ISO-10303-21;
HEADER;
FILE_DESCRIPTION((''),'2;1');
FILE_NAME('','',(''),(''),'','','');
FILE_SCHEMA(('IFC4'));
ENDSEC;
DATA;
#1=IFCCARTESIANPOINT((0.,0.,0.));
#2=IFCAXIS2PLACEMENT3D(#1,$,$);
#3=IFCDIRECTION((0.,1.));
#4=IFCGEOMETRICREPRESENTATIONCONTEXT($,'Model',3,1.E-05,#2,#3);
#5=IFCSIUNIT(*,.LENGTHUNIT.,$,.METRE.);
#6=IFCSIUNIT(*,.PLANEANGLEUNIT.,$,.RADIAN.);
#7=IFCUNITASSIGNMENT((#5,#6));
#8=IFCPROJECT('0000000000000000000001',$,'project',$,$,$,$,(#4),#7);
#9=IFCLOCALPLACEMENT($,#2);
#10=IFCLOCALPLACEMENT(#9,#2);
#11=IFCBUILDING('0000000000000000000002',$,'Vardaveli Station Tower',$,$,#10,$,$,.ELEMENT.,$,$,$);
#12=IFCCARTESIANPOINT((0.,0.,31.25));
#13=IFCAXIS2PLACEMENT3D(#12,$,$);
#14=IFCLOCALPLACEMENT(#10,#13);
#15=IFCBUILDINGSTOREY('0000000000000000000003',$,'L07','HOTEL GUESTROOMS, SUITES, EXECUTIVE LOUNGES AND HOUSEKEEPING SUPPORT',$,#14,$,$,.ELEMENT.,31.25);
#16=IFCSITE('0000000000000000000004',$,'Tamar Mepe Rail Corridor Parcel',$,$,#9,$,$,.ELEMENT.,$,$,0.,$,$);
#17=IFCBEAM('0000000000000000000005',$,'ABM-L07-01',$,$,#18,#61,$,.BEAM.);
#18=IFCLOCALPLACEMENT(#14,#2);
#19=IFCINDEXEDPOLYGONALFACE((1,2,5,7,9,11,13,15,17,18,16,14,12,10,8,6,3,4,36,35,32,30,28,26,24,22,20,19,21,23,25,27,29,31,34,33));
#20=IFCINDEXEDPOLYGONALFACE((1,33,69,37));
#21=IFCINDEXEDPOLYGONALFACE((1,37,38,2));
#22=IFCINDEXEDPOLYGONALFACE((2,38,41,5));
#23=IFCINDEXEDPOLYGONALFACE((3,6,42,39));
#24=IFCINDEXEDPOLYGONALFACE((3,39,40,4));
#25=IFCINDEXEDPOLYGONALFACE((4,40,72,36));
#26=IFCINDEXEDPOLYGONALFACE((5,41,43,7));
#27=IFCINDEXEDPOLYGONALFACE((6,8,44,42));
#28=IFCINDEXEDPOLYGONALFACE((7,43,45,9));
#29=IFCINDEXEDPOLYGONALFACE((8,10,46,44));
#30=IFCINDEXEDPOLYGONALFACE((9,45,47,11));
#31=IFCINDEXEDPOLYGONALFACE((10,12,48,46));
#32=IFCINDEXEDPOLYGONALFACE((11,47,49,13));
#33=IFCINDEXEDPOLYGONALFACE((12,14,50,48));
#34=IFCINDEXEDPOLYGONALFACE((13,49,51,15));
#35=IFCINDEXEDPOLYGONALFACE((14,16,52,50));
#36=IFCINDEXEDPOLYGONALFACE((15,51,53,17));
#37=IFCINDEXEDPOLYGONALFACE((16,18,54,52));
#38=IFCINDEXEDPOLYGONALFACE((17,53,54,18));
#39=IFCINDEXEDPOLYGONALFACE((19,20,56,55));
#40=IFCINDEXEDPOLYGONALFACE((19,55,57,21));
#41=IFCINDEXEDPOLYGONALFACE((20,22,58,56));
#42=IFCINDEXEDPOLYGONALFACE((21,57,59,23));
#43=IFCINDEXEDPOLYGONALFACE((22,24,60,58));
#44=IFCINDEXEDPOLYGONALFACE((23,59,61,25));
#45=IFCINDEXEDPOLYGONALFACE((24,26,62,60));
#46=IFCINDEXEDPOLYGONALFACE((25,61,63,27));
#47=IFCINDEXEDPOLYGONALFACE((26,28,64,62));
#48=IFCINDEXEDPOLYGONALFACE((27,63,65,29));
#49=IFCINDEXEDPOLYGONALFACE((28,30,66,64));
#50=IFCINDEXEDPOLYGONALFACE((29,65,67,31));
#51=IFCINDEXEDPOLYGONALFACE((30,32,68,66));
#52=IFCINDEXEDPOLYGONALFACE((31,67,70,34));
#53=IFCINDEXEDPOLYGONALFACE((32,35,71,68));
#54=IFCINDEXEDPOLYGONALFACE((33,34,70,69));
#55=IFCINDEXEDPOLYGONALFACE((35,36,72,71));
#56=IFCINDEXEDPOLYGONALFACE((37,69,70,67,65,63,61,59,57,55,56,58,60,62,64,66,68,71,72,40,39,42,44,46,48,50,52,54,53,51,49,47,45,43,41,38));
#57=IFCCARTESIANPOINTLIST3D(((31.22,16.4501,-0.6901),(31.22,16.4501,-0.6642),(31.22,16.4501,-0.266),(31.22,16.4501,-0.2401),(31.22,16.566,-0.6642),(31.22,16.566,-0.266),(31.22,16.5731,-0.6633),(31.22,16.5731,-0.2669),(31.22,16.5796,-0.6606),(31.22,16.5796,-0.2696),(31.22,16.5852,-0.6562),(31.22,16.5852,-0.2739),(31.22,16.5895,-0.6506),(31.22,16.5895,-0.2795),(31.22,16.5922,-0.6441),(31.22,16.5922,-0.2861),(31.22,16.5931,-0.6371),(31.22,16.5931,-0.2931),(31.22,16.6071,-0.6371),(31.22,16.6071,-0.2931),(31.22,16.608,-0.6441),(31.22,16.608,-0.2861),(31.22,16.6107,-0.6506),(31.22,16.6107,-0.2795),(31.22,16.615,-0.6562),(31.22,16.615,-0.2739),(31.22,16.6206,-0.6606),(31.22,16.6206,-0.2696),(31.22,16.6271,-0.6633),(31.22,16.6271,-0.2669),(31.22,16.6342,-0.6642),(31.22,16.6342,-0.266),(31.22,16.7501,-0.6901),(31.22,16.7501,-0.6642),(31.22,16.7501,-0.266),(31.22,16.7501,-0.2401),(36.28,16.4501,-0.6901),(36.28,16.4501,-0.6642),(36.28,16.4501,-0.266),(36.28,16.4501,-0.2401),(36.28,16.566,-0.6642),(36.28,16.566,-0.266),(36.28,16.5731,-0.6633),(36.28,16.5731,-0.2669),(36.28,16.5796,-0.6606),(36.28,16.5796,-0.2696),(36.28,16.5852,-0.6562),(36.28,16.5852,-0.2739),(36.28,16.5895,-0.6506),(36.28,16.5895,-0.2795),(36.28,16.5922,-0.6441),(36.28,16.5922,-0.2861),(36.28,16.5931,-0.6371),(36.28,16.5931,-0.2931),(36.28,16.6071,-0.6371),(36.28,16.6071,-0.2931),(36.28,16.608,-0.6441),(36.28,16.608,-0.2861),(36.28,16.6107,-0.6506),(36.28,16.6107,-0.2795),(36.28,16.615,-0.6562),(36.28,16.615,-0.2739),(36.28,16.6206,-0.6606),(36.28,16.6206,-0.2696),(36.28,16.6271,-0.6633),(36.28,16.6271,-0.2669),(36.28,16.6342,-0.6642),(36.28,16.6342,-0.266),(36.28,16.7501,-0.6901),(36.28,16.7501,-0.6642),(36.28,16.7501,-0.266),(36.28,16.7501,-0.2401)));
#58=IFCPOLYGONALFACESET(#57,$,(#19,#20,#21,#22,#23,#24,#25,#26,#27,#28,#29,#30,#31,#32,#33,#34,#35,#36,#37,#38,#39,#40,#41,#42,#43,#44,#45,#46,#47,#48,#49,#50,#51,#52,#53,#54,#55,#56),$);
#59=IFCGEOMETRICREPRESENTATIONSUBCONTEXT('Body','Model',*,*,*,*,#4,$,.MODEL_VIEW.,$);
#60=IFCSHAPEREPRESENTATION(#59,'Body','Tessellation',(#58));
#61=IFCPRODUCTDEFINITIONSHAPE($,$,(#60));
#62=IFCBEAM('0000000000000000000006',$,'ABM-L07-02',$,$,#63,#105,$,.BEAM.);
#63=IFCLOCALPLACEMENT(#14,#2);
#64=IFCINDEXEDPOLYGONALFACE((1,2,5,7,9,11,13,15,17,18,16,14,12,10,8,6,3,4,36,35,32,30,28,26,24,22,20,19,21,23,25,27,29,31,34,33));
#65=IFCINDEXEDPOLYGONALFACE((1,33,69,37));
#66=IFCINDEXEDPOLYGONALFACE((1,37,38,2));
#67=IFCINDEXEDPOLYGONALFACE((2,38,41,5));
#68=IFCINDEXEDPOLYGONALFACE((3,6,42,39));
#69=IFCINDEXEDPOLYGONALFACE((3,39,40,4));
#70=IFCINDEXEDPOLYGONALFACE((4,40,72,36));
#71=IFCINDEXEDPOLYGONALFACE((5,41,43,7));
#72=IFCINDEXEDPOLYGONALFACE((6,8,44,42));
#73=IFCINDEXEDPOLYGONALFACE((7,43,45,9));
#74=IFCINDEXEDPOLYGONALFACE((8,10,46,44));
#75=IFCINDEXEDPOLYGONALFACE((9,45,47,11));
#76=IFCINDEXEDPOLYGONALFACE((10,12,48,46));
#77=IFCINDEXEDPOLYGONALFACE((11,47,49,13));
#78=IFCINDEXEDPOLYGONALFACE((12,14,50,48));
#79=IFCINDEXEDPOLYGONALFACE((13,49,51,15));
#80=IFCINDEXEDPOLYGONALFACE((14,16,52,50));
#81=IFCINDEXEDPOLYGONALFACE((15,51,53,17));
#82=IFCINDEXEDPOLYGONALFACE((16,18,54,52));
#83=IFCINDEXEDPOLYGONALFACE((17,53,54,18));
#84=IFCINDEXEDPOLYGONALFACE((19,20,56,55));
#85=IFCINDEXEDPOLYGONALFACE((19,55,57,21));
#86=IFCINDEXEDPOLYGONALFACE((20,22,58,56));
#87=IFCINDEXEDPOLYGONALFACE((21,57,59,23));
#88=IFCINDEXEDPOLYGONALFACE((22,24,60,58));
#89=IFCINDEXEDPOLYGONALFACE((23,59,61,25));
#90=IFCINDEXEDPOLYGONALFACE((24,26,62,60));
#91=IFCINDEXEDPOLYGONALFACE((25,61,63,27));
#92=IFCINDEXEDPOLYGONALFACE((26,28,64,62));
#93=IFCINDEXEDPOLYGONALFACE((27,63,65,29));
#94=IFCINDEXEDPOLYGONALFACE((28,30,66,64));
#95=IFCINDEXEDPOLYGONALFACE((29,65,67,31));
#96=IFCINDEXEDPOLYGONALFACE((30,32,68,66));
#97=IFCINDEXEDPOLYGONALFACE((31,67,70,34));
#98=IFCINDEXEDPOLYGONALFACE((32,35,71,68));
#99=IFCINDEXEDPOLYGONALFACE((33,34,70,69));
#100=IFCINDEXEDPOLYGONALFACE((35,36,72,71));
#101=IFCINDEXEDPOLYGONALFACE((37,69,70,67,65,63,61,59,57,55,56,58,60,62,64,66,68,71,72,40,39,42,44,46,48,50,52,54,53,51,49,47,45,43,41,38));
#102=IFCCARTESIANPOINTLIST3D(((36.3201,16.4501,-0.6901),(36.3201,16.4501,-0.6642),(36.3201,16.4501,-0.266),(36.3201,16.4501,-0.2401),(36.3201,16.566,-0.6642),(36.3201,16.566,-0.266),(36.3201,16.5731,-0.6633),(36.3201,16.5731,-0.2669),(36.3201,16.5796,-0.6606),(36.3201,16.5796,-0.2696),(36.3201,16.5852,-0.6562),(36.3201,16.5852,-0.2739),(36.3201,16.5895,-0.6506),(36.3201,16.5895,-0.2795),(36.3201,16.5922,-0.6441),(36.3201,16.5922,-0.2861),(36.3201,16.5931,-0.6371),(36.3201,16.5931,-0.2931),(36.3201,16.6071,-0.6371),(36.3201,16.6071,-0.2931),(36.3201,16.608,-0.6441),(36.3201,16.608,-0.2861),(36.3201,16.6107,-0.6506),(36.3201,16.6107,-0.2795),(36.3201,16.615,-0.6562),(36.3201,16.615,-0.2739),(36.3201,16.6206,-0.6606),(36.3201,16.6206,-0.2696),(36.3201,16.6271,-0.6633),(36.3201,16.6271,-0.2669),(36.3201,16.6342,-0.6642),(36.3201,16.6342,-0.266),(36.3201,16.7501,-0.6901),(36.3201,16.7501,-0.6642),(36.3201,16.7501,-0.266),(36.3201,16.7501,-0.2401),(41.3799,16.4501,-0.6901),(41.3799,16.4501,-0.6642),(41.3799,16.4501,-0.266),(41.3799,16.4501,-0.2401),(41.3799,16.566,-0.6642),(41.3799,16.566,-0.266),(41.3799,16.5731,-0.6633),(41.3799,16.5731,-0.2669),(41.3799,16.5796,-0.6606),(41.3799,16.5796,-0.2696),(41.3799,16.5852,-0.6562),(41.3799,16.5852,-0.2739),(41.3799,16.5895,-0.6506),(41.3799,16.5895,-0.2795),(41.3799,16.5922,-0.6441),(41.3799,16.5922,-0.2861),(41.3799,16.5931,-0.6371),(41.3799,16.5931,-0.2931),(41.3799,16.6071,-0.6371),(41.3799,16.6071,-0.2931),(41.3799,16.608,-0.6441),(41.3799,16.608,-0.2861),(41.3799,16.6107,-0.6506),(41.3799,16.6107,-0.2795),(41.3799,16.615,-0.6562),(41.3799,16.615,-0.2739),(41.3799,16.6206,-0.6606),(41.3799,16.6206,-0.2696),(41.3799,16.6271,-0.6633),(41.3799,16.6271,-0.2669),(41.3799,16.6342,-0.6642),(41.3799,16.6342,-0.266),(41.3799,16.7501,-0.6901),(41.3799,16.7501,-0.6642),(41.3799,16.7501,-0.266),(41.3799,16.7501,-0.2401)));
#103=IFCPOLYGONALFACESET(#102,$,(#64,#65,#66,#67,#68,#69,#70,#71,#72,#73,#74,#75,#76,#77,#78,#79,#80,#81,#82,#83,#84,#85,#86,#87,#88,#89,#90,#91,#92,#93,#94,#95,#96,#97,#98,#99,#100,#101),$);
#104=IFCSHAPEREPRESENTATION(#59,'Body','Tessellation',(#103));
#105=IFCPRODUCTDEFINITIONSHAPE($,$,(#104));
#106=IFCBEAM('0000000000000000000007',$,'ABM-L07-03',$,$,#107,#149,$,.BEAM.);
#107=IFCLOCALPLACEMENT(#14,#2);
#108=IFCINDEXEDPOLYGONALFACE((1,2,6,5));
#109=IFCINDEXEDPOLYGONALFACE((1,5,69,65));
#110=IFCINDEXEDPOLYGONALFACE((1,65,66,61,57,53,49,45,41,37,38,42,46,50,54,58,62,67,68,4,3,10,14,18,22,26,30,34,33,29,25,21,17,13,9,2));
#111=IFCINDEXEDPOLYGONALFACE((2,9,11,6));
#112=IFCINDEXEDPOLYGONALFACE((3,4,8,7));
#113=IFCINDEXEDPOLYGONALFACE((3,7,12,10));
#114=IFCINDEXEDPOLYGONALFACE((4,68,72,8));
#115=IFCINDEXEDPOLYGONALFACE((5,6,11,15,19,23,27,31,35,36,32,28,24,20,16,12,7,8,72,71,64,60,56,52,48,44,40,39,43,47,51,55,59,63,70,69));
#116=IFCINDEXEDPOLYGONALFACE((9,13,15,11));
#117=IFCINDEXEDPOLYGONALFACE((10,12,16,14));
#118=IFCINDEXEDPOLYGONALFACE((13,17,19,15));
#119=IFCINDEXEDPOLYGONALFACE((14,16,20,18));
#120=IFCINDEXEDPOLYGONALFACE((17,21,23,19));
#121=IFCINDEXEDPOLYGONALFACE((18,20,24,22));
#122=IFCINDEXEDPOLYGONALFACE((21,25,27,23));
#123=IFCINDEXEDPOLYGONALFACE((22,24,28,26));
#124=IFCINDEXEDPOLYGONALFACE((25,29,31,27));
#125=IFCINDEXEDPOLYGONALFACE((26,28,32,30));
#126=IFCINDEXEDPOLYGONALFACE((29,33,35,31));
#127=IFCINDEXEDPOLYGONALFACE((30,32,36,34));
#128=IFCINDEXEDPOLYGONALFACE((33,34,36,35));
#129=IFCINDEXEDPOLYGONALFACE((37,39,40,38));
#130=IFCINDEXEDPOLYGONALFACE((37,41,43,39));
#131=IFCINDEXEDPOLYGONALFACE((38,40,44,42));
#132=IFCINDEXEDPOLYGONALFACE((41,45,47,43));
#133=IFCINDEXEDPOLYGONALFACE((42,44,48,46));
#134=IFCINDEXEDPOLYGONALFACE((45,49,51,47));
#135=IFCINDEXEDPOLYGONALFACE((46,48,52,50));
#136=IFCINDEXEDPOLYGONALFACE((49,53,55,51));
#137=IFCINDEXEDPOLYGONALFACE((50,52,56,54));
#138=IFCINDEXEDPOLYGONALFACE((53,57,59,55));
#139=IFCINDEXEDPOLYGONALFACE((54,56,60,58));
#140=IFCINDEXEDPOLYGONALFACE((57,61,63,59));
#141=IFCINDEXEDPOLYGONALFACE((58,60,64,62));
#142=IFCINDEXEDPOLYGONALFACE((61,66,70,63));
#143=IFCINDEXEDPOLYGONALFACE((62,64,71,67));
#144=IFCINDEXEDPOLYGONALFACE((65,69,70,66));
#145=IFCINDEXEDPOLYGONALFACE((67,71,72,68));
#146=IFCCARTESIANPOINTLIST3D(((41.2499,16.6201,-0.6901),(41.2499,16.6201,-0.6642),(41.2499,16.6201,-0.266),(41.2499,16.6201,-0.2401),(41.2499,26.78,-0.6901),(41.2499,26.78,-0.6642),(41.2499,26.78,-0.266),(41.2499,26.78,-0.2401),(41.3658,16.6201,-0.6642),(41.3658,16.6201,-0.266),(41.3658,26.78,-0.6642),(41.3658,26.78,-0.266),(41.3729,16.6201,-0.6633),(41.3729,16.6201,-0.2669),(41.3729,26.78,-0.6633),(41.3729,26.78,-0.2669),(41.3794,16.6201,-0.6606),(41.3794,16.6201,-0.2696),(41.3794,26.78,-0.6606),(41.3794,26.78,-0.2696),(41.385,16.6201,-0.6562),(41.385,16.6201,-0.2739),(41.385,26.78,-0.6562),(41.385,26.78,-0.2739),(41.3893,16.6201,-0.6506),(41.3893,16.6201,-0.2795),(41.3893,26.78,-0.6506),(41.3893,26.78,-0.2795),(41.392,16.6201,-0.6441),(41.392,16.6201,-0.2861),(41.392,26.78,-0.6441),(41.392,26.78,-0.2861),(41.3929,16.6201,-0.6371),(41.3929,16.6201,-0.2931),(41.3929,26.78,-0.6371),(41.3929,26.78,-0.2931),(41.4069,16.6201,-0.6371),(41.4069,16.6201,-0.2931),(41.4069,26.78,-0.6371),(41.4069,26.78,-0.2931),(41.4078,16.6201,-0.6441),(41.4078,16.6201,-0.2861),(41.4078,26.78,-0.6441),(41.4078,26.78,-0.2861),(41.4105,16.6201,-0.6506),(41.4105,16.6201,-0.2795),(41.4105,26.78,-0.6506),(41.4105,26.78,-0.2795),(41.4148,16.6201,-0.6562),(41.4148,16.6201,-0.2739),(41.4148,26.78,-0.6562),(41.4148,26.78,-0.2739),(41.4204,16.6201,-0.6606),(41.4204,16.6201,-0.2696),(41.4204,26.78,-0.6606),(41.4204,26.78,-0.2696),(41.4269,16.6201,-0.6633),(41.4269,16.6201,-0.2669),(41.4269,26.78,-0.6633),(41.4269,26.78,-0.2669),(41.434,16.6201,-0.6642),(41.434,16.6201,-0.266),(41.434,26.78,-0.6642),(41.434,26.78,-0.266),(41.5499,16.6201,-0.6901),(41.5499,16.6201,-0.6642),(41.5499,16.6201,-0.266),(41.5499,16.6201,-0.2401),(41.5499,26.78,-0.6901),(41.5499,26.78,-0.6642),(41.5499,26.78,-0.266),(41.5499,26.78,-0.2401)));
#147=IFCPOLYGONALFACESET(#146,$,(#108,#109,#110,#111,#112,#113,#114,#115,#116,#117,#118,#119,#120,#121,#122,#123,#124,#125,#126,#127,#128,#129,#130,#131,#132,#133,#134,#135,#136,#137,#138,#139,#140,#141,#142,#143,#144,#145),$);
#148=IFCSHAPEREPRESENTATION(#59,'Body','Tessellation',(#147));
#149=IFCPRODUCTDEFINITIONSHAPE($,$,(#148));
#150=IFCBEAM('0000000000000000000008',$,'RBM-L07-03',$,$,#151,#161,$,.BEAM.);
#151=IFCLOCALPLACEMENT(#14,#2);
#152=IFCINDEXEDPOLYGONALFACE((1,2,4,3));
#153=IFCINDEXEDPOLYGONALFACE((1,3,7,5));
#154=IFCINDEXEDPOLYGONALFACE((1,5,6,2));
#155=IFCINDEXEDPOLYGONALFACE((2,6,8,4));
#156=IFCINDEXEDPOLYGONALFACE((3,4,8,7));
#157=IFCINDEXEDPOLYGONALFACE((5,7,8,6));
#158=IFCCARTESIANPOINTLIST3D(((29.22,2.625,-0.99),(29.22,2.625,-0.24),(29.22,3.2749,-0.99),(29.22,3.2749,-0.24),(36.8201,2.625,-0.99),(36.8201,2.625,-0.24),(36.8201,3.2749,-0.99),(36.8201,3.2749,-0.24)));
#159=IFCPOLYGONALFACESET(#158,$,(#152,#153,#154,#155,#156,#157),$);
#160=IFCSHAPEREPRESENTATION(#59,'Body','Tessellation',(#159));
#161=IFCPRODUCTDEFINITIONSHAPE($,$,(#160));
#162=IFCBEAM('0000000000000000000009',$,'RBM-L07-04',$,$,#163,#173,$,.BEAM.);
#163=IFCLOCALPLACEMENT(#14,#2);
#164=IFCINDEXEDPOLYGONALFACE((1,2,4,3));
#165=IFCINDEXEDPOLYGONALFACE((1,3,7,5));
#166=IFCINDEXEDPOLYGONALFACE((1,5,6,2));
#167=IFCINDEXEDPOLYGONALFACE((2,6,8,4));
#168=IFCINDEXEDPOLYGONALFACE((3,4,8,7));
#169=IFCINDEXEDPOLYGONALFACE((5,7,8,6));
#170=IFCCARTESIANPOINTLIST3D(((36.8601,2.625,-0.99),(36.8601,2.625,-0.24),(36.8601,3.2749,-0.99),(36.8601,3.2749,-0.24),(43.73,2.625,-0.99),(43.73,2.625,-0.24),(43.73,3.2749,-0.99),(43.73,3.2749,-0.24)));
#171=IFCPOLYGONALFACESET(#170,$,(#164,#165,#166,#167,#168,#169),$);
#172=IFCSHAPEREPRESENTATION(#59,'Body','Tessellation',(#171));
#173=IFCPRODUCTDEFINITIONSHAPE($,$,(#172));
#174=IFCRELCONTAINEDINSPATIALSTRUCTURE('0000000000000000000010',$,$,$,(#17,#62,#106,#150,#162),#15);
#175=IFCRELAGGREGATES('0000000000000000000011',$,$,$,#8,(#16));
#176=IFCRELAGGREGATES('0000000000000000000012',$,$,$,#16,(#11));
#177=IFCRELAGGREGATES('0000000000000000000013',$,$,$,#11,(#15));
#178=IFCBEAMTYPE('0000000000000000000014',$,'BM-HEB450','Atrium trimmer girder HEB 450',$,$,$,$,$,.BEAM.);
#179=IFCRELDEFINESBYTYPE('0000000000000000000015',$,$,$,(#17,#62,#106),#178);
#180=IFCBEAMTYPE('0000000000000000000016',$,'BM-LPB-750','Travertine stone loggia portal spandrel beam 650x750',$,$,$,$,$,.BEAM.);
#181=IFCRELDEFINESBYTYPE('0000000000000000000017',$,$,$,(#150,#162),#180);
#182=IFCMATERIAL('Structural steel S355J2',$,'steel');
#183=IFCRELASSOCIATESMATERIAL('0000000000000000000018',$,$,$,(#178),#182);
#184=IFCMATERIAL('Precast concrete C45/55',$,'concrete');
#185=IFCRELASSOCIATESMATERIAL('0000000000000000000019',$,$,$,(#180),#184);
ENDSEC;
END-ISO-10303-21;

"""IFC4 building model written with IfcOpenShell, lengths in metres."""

from ifc_helpers import new_model, si_unit, direction, frame, origin, origin_2d, place, context, subcontext, project, spatial, rectangle, i_section, extrude, source, transform, mapped, material, material_profile, profile_set, type_object, element, save


model = new_model("IFC4")

# Units and contexts
model_context = context("Model", 3, precision=1e-05, world=origin(), true_north=direction((0.0, 1.0)))
body_context = subcontext(model_context, "Body", "Model", "MODEL_VIEW")
ifc_project = project(units=[si_unit("LENGTHUNIT", "METRE"), si_unit("PLANEANGLEUNIT", "RADIAN")], contexts=[model_context])

# Site, building, storey
site_placement = place(None, origin())
site = spatial("IfcSite", under=ifc_project, at=site_placement, Name="Tamar Mepe Rail Corridor Parcel", CompositionType="ELEMENT", RefElevation=0.0)
building_placement = place(site_placement, origin())
building = spatial("IfcBuilding", under=site, at=building_placement, Name="Vardaveli Station Tower", CompositionType="ELEMENT")
storey_placement = place(building_placement, frame((0.0, 0.0, 31.25)))
storey = spatial("IfcBuildingStorey", under=building, at=storey_placement, Name="L07", Description="HOTEL GUESTROOMS, SUITES, EXECUTIVE LOUNGES AND HOUSEKEEPING SUPPORT", CompositionType="ELEMENT", Elevation=31.25)

# Beams
ifc_material_1 = material(Name="Structural steel S355J2", Category="steel")
ifc_material_profile_1 = material_profile(ifc_material_1, i_section(OverallWidth=0.3, OverallDepth=0.45, WebThickness=0.0139, FlangeThickness=0.0259, FilletRadius=0.0271, at=origin_2d()), Name="HEB 450")
ifc_profile_set_1 = profile_set([ifc_material_profile_1], Name="Structural steel S355J2")
beam_type_1 = type_object("IfcBeamType", Name="BM-HEB450", Description="Atrium trimmer girder HEB 450", PredefinedType="BEAM", material=ifc_profile_set_1)
shared_shape_1 = source(origin(), body_context, "Body", "SweptSolid", [
    extrude(i_section(OverallWidth=0.3, OverallDepth=0.45, WebThickness=0.0139, FlangeThickness=0.0259, FilletRadius=0.0271, at=origin_2d()), origin(), (0.0, 0.0, 1.0), 5.0601),
])
beam_1_placement = place(storey_placement, frame((31.22, 16.6001, -0.4651), z_axis=(1.0, 0.0, 0.0), x_axis=(0.0, 1.0, 0.0)))
element("IfcBeam", 1, at=beam_1_placement, inside=storey, type_object=beam_type_1, Name="ABM-L07-01", PredefinedType="BEAM", context=body_context, shape_type="MappedRepresentation", body=[
    mapped(shared_shape_1, transform((0.0, 0.0, 0.0), scale=1.0)),
])
shared_shape_2 = source(origin(), body_context, "Body", "SweptSolid", [
    extrude(i_section(OverallWidth=0.3, OverallDepth=0.45, WebThickness=0.0139, FlangeThickness=0.0259, FilletRadius=0.0271, at=origin_2d()), origin(), (0.0, 0.0, 1.0), 5.0598),
])
beam_2_placement = place(storey_placement, frame((36.3201, 16.6001, -0.4651), z_axis=(1.0, 0.0, 0.0), x_axis=(0.0, 1.0, 0.0)))
element("IfcBeam", 2, at=beam_2_placement, inside=storey, type_object=beam_type_1, Name="ABM-L07-02", PredefinedType="BEAM", context=body_context, shape_type="MappedRepresentation", body=[
    mapped(shared_shape_2, transform((0.0, 0.0, 0.0), scale=1.0)),
])
shared_shape_3 = source(origin(), body_context, "Body", "SweptSolid", [
    extrude(i_section(OverallWidth=0.3, OverallDepth=0.45, WebThickness=0.0139, FlangeThickness=0.0259, FilletRadius=0.0271, at=origin_2d()), origin(), (0.0, 0.0, 1.0), 10.1599),
])
beam_3_placement = place(storey_placement, frame((41.3999, 16.6201, -0.4651), z_axis=(0.0, 1.0, 0.0), x_axis=(-1.0, 0.0, 0.0)))
element("IfcBeam", 3, at=beam_3_placement, inside=storey, type_object=beam_type_1, Name="ABM-L07-03", PredefinedType="BEAM", context=body_context, shape_type="MappedRepresentation", body=[
    mapped(shared_shape_3, transform((0.0, 0.0, 0.0), scale=1.0)),
])
ifc_material_2 = material(Name="Precast concrete C45/55", Category="concrete")
ifc_material_profile_2 = material_profile(ifc_material_2, rectangle(XDim=0.6499, YDim=0.75, at=origin_2d()), Name="LPB 650x750")
ifc_profile_set_2 = profile_set([ifc_material_profile_2], Name="Precast concrete C45/55")
beam_type_2 = type_object("IfcBeamType", Name="BM-LPB-750", Description="Travertine stone loggia portal spandrel beam 650x750", PredefinedType="BEAM", material=ifc_profile_set_2)
shared_shape_4 = source(origin(), body_context, "Body", "SweptSolid", [
    extrude(rectangle(XDim=0.6499, YDim=0.75, at=origin_2d()), origin(), (0.0, 0.0, 1.0), 7.6001),
])
beam_4_placement = place(storey_placement, frame((29.22, 2.95, -0.615), z_axis=(1.0, 0.0, 0.0), x_axis=(0.0, 1.0, 0.0)))
element("IfcBeam", 4, at=beam_4_placement, inside=storey, type_object=beam_type_2, Name="RBM-L07-03", PredefinedType="BEAM", context=body_context, shape_type="MappedRepresentation", body=[
    mapped(shared_shape_4, transform((0.0, 0.0, 0.0), scale=1.0)),
])
shared_shape_5 = source(origin(), body_context, "Body", "SweptSolid", [
    extrude(rectangle(XDim=0.6499, YDim=0.75, at=origin_2d()), origin(), (0.0, 0.0, 1.0), 6.8699),
])
beam_5_placement = place(storey_placement, frame((36.8601, 2.95, -0.615), z_axis=(1.0, 0.0, 0.0), x_axis=(0.0, 1.0, 0.0)))
element("IfcBeam", 5, at=beam_5_placement, inside=storey, type_object=beam_type_2, Name="RBM-L07-04", PredefinedType="BEAM", context=body_context, shape_type="MappedRepresentation", body=[
    mapped(shared_shape_5, transform((0.0, 0.0, 0.0), scale=1.0)),
])

save(model, "model.ifc")
